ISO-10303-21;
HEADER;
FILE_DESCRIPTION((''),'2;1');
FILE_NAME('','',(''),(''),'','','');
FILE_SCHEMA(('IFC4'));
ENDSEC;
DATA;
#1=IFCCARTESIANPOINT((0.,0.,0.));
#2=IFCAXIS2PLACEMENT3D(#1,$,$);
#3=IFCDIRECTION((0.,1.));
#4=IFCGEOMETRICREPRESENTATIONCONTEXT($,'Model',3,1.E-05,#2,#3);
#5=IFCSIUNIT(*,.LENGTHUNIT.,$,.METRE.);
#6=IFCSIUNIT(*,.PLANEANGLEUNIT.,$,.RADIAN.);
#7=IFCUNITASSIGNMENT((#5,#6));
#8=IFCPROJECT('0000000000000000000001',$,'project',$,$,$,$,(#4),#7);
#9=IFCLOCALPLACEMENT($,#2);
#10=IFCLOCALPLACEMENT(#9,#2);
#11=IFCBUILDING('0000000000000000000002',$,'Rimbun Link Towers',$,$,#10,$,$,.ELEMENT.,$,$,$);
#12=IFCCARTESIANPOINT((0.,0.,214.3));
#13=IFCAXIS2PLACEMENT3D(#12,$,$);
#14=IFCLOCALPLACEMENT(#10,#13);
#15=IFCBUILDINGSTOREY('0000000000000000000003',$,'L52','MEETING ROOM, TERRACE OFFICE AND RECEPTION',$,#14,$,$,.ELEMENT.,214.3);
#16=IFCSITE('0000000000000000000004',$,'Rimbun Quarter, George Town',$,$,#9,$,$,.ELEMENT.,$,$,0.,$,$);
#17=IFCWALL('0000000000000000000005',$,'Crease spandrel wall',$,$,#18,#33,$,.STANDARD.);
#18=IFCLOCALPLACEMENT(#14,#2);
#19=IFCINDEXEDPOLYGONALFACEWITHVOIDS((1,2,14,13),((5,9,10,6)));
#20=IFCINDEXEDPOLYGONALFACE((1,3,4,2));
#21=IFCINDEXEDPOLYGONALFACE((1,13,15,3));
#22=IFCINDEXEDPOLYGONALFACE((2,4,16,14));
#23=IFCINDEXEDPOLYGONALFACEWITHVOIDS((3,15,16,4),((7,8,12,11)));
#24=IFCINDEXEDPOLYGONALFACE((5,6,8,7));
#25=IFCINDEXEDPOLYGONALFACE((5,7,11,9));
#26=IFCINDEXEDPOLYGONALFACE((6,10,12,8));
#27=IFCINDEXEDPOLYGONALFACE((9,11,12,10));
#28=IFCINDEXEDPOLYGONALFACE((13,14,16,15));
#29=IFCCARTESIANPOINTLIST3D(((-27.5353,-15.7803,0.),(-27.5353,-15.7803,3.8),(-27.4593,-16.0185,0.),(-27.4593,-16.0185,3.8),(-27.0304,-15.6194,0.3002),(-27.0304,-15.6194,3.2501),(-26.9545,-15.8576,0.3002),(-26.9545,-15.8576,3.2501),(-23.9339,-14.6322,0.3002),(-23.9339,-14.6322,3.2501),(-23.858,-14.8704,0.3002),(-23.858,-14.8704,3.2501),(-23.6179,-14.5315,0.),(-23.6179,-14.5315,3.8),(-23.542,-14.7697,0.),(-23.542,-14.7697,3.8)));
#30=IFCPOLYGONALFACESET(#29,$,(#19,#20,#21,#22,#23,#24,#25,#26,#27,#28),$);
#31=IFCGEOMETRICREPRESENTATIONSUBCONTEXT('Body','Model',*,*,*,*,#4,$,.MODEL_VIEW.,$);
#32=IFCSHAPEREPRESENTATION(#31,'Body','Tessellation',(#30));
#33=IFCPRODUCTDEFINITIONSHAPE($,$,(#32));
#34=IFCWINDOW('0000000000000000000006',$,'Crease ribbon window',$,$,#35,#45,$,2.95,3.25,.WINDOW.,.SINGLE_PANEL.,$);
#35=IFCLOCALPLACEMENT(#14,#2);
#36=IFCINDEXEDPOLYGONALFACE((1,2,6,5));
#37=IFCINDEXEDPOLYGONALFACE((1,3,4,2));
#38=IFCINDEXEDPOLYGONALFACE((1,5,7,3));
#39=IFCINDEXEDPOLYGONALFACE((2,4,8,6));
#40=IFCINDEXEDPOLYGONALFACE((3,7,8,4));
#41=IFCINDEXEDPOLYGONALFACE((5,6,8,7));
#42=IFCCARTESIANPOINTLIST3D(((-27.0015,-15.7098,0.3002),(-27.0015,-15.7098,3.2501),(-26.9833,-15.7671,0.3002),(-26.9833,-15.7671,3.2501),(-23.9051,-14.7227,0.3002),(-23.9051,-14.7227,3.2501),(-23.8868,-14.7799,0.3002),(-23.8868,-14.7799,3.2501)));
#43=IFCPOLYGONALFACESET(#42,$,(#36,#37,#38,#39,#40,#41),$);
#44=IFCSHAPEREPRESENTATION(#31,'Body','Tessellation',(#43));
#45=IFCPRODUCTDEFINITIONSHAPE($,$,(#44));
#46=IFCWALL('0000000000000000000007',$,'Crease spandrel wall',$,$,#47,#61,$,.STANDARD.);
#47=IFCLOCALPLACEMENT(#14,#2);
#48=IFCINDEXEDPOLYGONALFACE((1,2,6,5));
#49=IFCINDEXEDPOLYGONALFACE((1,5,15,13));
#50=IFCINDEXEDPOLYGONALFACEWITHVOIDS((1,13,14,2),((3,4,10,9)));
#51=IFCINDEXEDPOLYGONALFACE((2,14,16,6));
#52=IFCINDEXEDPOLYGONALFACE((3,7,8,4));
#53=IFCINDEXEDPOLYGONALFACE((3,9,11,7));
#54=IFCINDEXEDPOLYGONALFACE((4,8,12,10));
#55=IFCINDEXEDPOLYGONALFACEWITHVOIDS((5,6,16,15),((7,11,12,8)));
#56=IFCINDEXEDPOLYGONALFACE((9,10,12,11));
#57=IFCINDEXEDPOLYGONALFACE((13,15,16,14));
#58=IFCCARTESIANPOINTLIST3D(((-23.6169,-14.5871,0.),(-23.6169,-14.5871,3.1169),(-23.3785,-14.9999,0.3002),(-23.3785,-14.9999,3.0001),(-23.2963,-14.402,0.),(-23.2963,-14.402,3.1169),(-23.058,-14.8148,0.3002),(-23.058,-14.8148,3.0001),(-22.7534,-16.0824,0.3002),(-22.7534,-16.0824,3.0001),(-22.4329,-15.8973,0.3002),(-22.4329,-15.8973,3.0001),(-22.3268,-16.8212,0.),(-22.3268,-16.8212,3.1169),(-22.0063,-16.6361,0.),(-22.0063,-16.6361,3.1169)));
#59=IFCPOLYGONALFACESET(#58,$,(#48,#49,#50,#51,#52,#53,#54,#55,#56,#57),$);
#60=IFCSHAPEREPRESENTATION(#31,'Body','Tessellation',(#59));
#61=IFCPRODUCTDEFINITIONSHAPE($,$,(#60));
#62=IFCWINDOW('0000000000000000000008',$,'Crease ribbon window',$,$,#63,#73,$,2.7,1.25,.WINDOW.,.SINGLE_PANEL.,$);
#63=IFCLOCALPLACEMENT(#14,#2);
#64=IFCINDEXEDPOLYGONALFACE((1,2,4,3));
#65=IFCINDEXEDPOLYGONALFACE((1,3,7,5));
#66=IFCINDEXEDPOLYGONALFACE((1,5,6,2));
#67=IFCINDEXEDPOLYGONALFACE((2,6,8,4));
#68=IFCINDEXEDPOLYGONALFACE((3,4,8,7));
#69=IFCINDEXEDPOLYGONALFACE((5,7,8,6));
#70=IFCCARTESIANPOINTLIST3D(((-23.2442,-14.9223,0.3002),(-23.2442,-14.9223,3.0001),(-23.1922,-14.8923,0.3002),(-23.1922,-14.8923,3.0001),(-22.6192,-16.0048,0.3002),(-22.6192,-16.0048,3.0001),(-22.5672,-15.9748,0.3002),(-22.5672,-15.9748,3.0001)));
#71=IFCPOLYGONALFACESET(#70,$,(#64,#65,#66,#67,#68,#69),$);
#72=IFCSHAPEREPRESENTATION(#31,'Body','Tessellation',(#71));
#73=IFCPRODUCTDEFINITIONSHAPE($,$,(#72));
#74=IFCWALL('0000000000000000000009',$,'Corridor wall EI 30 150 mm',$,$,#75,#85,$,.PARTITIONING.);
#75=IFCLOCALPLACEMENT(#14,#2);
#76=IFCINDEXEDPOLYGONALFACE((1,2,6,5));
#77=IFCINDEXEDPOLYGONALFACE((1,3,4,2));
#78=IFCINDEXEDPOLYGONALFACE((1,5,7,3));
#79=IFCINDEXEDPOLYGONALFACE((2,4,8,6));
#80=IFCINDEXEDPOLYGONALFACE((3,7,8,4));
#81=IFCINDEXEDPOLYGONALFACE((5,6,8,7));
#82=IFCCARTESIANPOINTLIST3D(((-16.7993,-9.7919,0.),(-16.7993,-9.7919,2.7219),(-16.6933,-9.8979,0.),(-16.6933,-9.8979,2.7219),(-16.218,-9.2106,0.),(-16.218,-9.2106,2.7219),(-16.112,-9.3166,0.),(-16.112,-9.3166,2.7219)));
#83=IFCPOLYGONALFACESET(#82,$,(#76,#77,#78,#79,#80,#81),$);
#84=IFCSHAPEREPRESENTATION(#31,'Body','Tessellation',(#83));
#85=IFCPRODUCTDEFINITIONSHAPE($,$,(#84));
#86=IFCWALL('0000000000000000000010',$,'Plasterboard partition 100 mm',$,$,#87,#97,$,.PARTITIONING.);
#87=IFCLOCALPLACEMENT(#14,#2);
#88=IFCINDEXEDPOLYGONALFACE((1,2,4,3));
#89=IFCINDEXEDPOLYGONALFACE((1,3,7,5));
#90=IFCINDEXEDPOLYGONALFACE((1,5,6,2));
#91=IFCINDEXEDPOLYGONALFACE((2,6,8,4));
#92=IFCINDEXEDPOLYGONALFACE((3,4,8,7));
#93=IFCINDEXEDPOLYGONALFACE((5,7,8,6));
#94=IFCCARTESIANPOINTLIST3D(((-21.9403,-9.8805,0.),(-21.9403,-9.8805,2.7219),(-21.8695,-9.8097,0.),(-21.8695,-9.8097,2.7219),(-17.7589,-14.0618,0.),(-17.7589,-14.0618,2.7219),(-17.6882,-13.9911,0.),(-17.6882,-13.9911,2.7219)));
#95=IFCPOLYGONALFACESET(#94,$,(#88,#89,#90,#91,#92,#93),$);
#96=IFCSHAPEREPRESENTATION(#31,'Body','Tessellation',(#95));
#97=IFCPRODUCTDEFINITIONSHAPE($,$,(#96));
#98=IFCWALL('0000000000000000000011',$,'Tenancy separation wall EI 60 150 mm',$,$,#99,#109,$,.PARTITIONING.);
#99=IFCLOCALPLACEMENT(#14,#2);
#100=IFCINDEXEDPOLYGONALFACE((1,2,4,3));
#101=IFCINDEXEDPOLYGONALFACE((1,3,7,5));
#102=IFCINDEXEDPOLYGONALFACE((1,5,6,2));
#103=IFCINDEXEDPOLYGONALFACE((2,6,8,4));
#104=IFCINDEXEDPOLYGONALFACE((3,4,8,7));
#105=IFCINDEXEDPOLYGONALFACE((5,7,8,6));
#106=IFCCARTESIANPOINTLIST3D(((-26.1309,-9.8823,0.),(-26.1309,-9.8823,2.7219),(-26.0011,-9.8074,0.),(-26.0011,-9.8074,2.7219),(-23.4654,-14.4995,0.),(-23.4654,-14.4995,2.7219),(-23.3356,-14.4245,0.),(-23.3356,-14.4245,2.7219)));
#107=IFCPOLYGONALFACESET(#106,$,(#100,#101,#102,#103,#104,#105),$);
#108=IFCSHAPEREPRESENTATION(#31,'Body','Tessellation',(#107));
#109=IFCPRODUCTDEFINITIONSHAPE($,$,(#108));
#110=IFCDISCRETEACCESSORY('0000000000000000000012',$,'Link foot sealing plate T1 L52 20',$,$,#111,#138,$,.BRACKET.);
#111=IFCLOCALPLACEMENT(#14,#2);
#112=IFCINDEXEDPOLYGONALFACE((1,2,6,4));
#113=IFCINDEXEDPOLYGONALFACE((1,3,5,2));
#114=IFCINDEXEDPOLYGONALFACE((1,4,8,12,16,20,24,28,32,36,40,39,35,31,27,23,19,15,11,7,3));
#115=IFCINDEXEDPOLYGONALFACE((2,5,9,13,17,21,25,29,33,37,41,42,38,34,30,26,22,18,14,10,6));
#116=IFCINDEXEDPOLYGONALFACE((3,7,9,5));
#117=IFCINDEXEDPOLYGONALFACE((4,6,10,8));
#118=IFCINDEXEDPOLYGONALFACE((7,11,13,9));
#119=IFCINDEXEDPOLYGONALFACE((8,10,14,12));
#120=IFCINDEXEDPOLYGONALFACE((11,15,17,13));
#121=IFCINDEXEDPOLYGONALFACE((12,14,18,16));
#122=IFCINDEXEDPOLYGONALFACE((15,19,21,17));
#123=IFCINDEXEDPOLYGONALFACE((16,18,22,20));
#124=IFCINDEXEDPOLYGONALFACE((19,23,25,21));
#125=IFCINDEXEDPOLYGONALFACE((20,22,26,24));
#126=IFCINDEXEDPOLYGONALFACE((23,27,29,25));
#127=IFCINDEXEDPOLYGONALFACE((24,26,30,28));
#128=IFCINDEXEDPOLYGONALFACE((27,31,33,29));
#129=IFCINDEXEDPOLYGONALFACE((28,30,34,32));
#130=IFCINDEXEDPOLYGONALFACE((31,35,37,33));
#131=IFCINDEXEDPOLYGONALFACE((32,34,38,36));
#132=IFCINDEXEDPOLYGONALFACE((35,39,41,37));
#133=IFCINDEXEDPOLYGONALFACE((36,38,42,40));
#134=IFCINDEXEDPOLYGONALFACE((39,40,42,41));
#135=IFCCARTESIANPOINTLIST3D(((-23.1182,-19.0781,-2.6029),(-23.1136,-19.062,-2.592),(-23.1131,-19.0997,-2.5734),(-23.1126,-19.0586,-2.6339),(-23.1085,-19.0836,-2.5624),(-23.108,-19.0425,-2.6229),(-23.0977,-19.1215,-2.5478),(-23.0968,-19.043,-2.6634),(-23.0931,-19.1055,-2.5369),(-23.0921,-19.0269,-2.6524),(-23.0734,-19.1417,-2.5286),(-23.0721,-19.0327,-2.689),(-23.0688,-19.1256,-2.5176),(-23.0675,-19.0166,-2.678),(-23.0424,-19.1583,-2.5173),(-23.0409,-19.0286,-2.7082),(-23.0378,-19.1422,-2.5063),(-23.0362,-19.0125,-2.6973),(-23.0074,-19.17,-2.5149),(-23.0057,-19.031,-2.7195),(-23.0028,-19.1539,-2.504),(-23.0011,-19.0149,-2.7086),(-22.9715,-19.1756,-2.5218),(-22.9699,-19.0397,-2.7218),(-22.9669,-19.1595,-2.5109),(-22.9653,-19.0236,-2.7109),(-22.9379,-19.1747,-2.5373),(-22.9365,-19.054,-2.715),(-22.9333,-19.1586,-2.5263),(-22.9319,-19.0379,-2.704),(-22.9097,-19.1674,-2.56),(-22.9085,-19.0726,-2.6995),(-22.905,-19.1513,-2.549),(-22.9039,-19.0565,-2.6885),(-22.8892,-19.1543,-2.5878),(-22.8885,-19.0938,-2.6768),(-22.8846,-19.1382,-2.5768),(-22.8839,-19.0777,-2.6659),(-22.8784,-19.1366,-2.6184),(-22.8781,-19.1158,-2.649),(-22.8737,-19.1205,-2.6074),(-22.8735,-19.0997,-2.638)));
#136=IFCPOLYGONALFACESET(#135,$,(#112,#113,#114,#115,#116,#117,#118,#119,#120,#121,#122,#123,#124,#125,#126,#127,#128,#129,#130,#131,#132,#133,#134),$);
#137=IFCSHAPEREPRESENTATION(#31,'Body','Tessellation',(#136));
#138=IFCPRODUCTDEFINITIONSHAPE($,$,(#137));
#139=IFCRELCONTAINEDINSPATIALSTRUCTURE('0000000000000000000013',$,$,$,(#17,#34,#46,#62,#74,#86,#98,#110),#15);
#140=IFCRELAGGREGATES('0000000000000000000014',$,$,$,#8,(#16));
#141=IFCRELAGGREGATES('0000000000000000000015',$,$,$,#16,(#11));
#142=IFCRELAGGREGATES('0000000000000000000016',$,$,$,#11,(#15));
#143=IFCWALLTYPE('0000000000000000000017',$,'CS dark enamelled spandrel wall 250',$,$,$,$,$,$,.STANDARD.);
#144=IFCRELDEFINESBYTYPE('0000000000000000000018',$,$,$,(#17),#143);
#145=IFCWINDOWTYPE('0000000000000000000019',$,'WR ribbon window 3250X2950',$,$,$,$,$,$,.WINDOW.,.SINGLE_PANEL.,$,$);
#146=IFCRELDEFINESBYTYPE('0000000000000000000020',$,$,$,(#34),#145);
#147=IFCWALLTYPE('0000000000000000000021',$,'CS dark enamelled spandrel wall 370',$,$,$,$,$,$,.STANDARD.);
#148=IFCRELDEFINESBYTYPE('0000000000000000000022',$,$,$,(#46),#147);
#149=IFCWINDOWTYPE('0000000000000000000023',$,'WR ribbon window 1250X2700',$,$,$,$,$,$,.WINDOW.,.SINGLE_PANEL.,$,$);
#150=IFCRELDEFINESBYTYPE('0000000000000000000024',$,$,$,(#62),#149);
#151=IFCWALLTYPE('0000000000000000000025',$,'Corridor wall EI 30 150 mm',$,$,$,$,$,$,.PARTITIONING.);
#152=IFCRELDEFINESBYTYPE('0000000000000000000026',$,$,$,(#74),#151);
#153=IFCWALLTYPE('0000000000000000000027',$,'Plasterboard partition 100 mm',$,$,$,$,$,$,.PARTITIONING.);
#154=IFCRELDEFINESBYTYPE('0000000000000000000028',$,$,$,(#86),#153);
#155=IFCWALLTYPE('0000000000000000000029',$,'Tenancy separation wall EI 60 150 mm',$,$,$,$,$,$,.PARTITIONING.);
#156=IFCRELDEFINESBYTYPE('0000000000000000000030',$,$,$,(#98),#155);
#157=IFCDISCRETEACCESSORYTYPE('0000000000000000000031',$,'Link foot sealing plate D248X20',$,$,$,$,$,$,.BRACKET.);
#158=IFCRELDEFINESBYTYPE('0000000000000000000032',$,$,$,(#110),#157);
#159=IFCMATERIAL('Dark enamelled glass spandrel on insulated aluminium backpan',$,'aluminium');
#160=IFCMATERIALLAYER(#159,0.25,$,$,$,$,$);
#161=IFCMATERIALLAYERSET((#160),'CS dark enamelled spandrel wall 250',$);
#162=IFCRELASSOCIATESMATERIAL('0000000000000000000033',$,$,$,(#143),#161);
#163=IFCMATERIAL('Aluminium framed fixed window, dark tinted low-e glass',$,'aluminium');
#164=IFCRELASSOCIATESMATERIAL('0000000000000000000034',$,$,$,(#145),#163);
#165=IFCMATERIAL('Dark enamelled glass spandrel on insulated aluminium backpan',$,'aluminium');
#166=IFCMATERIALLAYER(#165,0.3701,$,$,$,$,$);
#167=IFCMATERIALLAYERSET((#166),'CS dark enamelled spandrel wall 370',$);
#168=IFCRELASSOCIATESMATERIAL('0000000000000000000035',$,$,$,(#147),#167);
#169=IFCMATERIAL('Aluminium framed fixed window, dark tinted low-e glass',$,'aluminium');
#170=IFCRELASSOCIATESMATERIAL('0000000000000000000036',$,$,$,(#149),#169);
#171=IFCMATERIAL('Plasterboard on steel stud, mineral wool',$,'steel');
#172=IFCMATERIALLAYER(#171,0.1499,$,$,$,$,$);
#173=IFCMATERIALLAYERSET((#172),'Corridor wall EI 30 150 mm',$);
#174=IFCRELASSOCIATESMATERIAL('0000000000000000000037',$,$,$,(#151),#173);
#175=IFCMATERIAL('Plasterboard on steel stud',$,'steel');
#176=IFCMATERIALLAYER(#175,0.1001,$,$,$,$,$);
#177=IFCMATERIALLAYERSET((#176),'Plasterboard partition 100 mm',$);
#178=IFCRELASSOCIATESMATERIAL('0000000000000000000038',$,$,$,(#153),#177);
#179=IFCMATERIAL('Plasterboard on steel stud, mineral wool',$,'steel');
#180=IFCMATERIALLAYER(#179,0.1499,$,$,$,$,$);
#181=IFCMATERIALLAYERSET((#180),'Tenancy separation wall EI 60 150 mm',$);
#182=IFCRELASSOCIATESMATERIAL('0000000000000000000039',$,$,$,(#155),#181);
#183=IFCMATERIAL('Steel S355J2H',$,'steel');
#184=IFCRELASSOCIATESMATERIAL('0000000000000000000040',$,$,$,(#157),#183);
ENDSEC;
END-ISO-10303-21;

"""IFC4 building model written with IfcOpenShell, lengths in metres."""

from ifc_helpers import new_model, si_unit, direction, frame, frame_2d, origin, origin_2d, place, context, subcontext, project, spatial, rectangle, circle, extrude, material, layer, layer_set, material_profile, profile_set, type_object, element, fill, save


model = new_model("IFC4")

# Units and contexts
model_context = context("Model", 3, precision=1e-05, world=origin(), true_north=direction((0.0, 1.0)))
body_context = subcontext(model_context, "Body", "Model", "MODEL_VIEW")
ifc_project = project(units=[si_unit("LENGTHUNIT", "METRE"), si_unit("PLANEANGLEUNIT", "RADIAN")], contexts=[model_context])

# Site, building, storey
site_placement = place(None, origin())
site = spatial("IfcSite", under=ifc_project, at=site_placement, Name="Rimbun Quarter, George Town", CompositionType="ELEMENT", RefElevation=0.0)
building_placement = place(site_placement, origin())
building = spatial("IfcBuilding", under=site, at=building_placement, Name="Rimbun Link Towers", CompositionType="ELEMENT")
storey_placement = place(building_placement, frame((0.0, 0.0, 214.3)))
storey = spatial("IfcBuildingStorey", under=building, at=storey_placement, Name="L52", Description="MEETING ROOM, TERRACE OFFICE AND RECEPTION", CompositionType="ELEMENT", Elevation=214.3)

# Walls, openings, windows
ifc_material_1 = material(Name="Dark enamelled glass spandrel on insulated aluminium backpan", Category="aluminium")
ifc_layer_1 = layer(ifc_material_1, 0.25)
ifc_layer_set_1 = layer_set([ifc_layer_1], Name="CS dark enamelled spandrel wall 250")
wall_type_1 = type_object("IfcWallType", Name="CS dark enamelled spandrel wall 250", PredefinedType="STANDARD", material=ifc_layer_set_1)
wall_1_placement = place(storey_placement, frame((-23.5801, -14.6506, 0.0), z_axis=(0.0, 0.0, 1.0), x_axis=(-0.952758, -0.303731, 0.0)))
wall_1 = element("IfcWall", 1, at=wall_1_placement, inside=storey, type_object=wall_type_1, Name="Crease spandrel wall", PredefinedType="STANDARD", context=body_context, shape_type="SweptSolid", body=[
    extrude(rectangle(XDim=4.1116, YDim=0.25, at=frame_2d((2.0557, 0.0))), origin(), (0.0, 0.0, 1.0), 3.8),
])
opening_1_placement = place(wall_1_placement, frame((0.3315, 0.0, 0.3)))
opening_1 = element("IfcOpeningElement", 2, at=opening_1_placement, cuts=wall_1, PredefinedType="OPENING", context=body_context, shape_type="SweptSolid", body=[
    extrude(rectangle(XDim=3.25, YDim=2.95, at=frame_2d((1.625, 1.4751))), frame((0.0, 0.135, 0.0), z_axis=(0.0, -1.0, 0.0), x_axis=(1.0, 0.0, 0.0)), (0.0, 0.0, 1.0), 0.27),
])
ifc_material_2 = material(Name="Aluminium framed fixed window, dark tinted low-e glass", Category="aluminium")
window_type_1 = type_object("IfcWindowType", Name="WR ribbon window 3250X2950", PartitioningType="SINGLE_PANEL", PredefinedType="WINDOW", material=ifc_material_2)
window_1_placement = place(opening_1_placement, origin())
window_1 = element("IfcWindow", 3, at=window_1_placement, inside=storey, type_object=window_type_1, Name="Crease ribbon window", OverallHeight=2.95, OverallWidth=3.25, PartitioningType="SINGLE_PANEL", PredefinedType="WINDOW", context=body_context, shape_type="SweptSolid", body=[
    extrude(rectangle(XDim=3.25, YDim=2.95, at=frame_2d((1.625, 1.4751))), frame((0.0, 0.03, 0.0), z_axis=(0.0, -1.0, 0.0), x_axis=(1.0, 0.0, 0.0)), (0.0, 0.0, 1.0), 0.0601),
])
fill(opening_1, window_1)
ifc_material_3 = material(Name="Dark enamelled glass spandrel on insulated aluminium backpan", Category="aluminium")
ifc_layer_2 = layer(ifc_material_3, 0.3701)
ifc_layer_set_2 = layer_set([ifc_layer_2], Name="CS dark enamelled spandrel wall 370")
wall_type_2 = type_object("IfcWallType", Name="CS dark enamelled spandrel wall 370", PredefinedType="STANDARD", material=ifc_layer_set_2)
wall_2_placement = place(storey_placement, frame((-22.1665, -16.7288, 0.0), z_axis=(0.0, 0.0, 1.0), x_axis=(-0.500047, 0.865998, 0.0)))
wall_2 = element("IfcWall", 4, at=wall_2_placement, inside=storey, type_object=wall_type_2, Name="Crease spandrel wall", PredefinedType="STANDARD", context=body_context, shape_type="SweptSolid", body=[
    extrude(rectangle(XDim=2.5798, YDim=0.3701, at=frame_2d((1.29, 0.0))), origin(), (0.0, 0.0, 1.0), 3.1169),
])
opening_2_placement = place(wall_2_placement, frame((0.8533, 0.0, 0.3)))
opening_2 = element("IfcOpeningElement", 5, at=opening_2_placement, cuts=wall_2, PredefinedType="OPENING", context=body_context, shape_type="SweptSolid", body=[
    extrude(rectangle(XDim=1.25, YDim=2.7, at=frame_2d((0.625, 1.3501))), frame((0.0, 0.1951, 0.0), z_axis=(0.0, -1.0, 0.0), x_axis=(1.0, 0.0, 0.0)), (0.0, 0.0, 1.0), 0.3901),
])
ifc_material_4 = material(Name="Aluminium framed fixed window, dark tinted low-e glass", Category="aluminium")
window_type_2 = type_object("IfcWindowType", Name="WR ribbon window 1250X2700", PartitioningType="SINGLE_PANEL", PredefinedType="WINDOW", material=ifc_material_4)
window_2_placement = place(opening_2_placement, origin())
window_2 = element("IfcWindow", 6, at=window_2_placement, inside=storey, type_object=window_type_2, Name="Crease ribbon window", OverallHeight=2.7, OverallWidth=1.25, PartitioningType="SINGLE_PANEL", PredefinedType="WINDOW", context=body_context, shape_type="SweptSolid", body=[
    extrude(rectangle(XDim=1.25, YDim=2.7, at=frame_2d((0.625, 1.3501))), frame((0.0, 0.03, 0.0), z_axis=(0.0, -1.0, 0.0), x_axis=(1.0, 0.0, 0.0)), (0.0, 0.0, 1.0), 0.0601),
])
fill(opening_2, window_2)

# Walls
ifc_material_5 = material(Name="Plasterboard on steel stud, mineral wool", Category="steel")
ifc_layer_3 = layer(ifc_material_5, 0.1499)
ifc_layer_set_3 = layer_set([ifc_layer_3], Name="Corridor wall EI 30 150 mm")
wall_type_3 = type_object("IfcWallType", Name="Corridor wall EI 30 150 mm", PredefinedType="PARTITIONING", material=ifc_layer_set_3)
wall_3_placement = place(storey_placement, frame((-16.7463, -9.845, 0.0), z_axis=(0.0, 0.0, 1.0), x_axis=(0.707107, 0.707107, 0.0)))
element("IfcWall", 7, at=wall_3_placement, inside=storey, type_object=wall_type_3, Name="Corridor wall EI 30 150 mm", PredefinedType="PARTITIONING", context=body_context, shape_type="SweptSolid", body=[
    extrude(rectangle(XDim=0.822, YDim=0.1499, at=frame_2d((0.4111, 0.0))), origin(), (0.0, 0.0, 1.0), 2.7219),
])
ifc_material_6 = material(Name="Plasterboard on steel stud", Category="steel")
ifc_layer_4 = layer(ifc_material_6, 0.1001)
ifc_layer_set_4 = layer_set([ifc_layer_4], Name="Plasterboard partition 100 mm")
wall_type_4 = type_object("IfcWallType", Name="Plasterboard partition 100 mm", PredefinedType="PARTITIONING", material=ifc_layer_set_4)
wall_4_placement = place(storey_placement, frame((-17.7236, -14.0264, 0.0), z_axis=(0.0, 0.0, 1.0), x_axis=(-0.707107, 0.707107, 0.0)))
element("IfcWall", 8, at=wall_4_placement, inside=storey, type_object=wall_type_4, Name="Plasterboard partition 100 mm", PredefinedType="PARTITIONING", context=body_context, shape_type="SweptSolid", body=[
    extrude(rectangle(XDim=5.9133, YDim=0.1001, at=frame_2d((2.9565, 0.0))), origin(), (0.0, 0.0, 1.0), 2.7219),
])
ifc_material_7 = material(Name="Plasterboard on steel stud, mineral wool", Category="steel")
ifc_layer_5 = layer(ifc_material_7, 0.1499)
ifc_layer_set_5 = layer_set([ifc_layer_5], Name="Tenancy separation wall EI 60 150 mm")
wall_type_5 = type_object("IfcWallType", Name="Tenancy separation wall EI 60 150 mm", PredefinedType="PARTITIONING", material=ifc_layer_set_5)
wall_5_placement = place(storey_placement, frame((-26.0659, -9.845, 0.0), z_axis=(0.0, 0.0, 1.0), x_axis=(0.499971, -0.866042, 0.0)))
element("IfcWall", 9, at=wall_5_placement, inside=storey, type_object=wall_type_5, Name="Tenancy separation wall EI 60 150 mm", PredefinedType="PARTITIONING", context=body_context, shape_type="SweptSolid", body=[
    extrude(rectangle(XDim=5.3313, YDim=0.1499, at=frame_2d((2.6655, 0.0))), origin(), (0.0, 0.0, 1.0), 2.7219),
])

# Discrete accessory
ifc_material_8 = material(Name="Steel S355J2H", Category="steel")
ifc_material_profile_1 = material_profile(ifc_material_8, circle(Radius=0.124, at=origin_2d()), Name="PL D248")
ifc_profile_set_1 = profile_set([ifc_material_profile_1], Name="Steel S355J2H")
discrete_accessory_type = type_object("IfcDiscreteAccessoryType", Name="Link foot sealing plate D248X20", PredefinedType="BRACKET", material=ifc_profile_set_1)
discrete_accessory_placement = place(storey_placement, frame((-22.9929, -19.0862, -2.6074), z_axis=(-0.231398, -0.803803, -0.548047), x_axis=(0.960973, -0.276644, 0.0)))
element("IfcDiscreteAccessory", 10, at=discrete_accessory_placement, inside=storey, type_object=discrete_accessory_type, Name="Link foot sealing plate T1 L52 20", PredefinedType="BRACKET", context=body_context, shape_type="SweptSolid", body=[
    extrude(circle(Radius=0.124, at=origin_2d()), origin(), (0.0, 0.0, 1.0), 0.02),
])

save(model, "model.ifc")
